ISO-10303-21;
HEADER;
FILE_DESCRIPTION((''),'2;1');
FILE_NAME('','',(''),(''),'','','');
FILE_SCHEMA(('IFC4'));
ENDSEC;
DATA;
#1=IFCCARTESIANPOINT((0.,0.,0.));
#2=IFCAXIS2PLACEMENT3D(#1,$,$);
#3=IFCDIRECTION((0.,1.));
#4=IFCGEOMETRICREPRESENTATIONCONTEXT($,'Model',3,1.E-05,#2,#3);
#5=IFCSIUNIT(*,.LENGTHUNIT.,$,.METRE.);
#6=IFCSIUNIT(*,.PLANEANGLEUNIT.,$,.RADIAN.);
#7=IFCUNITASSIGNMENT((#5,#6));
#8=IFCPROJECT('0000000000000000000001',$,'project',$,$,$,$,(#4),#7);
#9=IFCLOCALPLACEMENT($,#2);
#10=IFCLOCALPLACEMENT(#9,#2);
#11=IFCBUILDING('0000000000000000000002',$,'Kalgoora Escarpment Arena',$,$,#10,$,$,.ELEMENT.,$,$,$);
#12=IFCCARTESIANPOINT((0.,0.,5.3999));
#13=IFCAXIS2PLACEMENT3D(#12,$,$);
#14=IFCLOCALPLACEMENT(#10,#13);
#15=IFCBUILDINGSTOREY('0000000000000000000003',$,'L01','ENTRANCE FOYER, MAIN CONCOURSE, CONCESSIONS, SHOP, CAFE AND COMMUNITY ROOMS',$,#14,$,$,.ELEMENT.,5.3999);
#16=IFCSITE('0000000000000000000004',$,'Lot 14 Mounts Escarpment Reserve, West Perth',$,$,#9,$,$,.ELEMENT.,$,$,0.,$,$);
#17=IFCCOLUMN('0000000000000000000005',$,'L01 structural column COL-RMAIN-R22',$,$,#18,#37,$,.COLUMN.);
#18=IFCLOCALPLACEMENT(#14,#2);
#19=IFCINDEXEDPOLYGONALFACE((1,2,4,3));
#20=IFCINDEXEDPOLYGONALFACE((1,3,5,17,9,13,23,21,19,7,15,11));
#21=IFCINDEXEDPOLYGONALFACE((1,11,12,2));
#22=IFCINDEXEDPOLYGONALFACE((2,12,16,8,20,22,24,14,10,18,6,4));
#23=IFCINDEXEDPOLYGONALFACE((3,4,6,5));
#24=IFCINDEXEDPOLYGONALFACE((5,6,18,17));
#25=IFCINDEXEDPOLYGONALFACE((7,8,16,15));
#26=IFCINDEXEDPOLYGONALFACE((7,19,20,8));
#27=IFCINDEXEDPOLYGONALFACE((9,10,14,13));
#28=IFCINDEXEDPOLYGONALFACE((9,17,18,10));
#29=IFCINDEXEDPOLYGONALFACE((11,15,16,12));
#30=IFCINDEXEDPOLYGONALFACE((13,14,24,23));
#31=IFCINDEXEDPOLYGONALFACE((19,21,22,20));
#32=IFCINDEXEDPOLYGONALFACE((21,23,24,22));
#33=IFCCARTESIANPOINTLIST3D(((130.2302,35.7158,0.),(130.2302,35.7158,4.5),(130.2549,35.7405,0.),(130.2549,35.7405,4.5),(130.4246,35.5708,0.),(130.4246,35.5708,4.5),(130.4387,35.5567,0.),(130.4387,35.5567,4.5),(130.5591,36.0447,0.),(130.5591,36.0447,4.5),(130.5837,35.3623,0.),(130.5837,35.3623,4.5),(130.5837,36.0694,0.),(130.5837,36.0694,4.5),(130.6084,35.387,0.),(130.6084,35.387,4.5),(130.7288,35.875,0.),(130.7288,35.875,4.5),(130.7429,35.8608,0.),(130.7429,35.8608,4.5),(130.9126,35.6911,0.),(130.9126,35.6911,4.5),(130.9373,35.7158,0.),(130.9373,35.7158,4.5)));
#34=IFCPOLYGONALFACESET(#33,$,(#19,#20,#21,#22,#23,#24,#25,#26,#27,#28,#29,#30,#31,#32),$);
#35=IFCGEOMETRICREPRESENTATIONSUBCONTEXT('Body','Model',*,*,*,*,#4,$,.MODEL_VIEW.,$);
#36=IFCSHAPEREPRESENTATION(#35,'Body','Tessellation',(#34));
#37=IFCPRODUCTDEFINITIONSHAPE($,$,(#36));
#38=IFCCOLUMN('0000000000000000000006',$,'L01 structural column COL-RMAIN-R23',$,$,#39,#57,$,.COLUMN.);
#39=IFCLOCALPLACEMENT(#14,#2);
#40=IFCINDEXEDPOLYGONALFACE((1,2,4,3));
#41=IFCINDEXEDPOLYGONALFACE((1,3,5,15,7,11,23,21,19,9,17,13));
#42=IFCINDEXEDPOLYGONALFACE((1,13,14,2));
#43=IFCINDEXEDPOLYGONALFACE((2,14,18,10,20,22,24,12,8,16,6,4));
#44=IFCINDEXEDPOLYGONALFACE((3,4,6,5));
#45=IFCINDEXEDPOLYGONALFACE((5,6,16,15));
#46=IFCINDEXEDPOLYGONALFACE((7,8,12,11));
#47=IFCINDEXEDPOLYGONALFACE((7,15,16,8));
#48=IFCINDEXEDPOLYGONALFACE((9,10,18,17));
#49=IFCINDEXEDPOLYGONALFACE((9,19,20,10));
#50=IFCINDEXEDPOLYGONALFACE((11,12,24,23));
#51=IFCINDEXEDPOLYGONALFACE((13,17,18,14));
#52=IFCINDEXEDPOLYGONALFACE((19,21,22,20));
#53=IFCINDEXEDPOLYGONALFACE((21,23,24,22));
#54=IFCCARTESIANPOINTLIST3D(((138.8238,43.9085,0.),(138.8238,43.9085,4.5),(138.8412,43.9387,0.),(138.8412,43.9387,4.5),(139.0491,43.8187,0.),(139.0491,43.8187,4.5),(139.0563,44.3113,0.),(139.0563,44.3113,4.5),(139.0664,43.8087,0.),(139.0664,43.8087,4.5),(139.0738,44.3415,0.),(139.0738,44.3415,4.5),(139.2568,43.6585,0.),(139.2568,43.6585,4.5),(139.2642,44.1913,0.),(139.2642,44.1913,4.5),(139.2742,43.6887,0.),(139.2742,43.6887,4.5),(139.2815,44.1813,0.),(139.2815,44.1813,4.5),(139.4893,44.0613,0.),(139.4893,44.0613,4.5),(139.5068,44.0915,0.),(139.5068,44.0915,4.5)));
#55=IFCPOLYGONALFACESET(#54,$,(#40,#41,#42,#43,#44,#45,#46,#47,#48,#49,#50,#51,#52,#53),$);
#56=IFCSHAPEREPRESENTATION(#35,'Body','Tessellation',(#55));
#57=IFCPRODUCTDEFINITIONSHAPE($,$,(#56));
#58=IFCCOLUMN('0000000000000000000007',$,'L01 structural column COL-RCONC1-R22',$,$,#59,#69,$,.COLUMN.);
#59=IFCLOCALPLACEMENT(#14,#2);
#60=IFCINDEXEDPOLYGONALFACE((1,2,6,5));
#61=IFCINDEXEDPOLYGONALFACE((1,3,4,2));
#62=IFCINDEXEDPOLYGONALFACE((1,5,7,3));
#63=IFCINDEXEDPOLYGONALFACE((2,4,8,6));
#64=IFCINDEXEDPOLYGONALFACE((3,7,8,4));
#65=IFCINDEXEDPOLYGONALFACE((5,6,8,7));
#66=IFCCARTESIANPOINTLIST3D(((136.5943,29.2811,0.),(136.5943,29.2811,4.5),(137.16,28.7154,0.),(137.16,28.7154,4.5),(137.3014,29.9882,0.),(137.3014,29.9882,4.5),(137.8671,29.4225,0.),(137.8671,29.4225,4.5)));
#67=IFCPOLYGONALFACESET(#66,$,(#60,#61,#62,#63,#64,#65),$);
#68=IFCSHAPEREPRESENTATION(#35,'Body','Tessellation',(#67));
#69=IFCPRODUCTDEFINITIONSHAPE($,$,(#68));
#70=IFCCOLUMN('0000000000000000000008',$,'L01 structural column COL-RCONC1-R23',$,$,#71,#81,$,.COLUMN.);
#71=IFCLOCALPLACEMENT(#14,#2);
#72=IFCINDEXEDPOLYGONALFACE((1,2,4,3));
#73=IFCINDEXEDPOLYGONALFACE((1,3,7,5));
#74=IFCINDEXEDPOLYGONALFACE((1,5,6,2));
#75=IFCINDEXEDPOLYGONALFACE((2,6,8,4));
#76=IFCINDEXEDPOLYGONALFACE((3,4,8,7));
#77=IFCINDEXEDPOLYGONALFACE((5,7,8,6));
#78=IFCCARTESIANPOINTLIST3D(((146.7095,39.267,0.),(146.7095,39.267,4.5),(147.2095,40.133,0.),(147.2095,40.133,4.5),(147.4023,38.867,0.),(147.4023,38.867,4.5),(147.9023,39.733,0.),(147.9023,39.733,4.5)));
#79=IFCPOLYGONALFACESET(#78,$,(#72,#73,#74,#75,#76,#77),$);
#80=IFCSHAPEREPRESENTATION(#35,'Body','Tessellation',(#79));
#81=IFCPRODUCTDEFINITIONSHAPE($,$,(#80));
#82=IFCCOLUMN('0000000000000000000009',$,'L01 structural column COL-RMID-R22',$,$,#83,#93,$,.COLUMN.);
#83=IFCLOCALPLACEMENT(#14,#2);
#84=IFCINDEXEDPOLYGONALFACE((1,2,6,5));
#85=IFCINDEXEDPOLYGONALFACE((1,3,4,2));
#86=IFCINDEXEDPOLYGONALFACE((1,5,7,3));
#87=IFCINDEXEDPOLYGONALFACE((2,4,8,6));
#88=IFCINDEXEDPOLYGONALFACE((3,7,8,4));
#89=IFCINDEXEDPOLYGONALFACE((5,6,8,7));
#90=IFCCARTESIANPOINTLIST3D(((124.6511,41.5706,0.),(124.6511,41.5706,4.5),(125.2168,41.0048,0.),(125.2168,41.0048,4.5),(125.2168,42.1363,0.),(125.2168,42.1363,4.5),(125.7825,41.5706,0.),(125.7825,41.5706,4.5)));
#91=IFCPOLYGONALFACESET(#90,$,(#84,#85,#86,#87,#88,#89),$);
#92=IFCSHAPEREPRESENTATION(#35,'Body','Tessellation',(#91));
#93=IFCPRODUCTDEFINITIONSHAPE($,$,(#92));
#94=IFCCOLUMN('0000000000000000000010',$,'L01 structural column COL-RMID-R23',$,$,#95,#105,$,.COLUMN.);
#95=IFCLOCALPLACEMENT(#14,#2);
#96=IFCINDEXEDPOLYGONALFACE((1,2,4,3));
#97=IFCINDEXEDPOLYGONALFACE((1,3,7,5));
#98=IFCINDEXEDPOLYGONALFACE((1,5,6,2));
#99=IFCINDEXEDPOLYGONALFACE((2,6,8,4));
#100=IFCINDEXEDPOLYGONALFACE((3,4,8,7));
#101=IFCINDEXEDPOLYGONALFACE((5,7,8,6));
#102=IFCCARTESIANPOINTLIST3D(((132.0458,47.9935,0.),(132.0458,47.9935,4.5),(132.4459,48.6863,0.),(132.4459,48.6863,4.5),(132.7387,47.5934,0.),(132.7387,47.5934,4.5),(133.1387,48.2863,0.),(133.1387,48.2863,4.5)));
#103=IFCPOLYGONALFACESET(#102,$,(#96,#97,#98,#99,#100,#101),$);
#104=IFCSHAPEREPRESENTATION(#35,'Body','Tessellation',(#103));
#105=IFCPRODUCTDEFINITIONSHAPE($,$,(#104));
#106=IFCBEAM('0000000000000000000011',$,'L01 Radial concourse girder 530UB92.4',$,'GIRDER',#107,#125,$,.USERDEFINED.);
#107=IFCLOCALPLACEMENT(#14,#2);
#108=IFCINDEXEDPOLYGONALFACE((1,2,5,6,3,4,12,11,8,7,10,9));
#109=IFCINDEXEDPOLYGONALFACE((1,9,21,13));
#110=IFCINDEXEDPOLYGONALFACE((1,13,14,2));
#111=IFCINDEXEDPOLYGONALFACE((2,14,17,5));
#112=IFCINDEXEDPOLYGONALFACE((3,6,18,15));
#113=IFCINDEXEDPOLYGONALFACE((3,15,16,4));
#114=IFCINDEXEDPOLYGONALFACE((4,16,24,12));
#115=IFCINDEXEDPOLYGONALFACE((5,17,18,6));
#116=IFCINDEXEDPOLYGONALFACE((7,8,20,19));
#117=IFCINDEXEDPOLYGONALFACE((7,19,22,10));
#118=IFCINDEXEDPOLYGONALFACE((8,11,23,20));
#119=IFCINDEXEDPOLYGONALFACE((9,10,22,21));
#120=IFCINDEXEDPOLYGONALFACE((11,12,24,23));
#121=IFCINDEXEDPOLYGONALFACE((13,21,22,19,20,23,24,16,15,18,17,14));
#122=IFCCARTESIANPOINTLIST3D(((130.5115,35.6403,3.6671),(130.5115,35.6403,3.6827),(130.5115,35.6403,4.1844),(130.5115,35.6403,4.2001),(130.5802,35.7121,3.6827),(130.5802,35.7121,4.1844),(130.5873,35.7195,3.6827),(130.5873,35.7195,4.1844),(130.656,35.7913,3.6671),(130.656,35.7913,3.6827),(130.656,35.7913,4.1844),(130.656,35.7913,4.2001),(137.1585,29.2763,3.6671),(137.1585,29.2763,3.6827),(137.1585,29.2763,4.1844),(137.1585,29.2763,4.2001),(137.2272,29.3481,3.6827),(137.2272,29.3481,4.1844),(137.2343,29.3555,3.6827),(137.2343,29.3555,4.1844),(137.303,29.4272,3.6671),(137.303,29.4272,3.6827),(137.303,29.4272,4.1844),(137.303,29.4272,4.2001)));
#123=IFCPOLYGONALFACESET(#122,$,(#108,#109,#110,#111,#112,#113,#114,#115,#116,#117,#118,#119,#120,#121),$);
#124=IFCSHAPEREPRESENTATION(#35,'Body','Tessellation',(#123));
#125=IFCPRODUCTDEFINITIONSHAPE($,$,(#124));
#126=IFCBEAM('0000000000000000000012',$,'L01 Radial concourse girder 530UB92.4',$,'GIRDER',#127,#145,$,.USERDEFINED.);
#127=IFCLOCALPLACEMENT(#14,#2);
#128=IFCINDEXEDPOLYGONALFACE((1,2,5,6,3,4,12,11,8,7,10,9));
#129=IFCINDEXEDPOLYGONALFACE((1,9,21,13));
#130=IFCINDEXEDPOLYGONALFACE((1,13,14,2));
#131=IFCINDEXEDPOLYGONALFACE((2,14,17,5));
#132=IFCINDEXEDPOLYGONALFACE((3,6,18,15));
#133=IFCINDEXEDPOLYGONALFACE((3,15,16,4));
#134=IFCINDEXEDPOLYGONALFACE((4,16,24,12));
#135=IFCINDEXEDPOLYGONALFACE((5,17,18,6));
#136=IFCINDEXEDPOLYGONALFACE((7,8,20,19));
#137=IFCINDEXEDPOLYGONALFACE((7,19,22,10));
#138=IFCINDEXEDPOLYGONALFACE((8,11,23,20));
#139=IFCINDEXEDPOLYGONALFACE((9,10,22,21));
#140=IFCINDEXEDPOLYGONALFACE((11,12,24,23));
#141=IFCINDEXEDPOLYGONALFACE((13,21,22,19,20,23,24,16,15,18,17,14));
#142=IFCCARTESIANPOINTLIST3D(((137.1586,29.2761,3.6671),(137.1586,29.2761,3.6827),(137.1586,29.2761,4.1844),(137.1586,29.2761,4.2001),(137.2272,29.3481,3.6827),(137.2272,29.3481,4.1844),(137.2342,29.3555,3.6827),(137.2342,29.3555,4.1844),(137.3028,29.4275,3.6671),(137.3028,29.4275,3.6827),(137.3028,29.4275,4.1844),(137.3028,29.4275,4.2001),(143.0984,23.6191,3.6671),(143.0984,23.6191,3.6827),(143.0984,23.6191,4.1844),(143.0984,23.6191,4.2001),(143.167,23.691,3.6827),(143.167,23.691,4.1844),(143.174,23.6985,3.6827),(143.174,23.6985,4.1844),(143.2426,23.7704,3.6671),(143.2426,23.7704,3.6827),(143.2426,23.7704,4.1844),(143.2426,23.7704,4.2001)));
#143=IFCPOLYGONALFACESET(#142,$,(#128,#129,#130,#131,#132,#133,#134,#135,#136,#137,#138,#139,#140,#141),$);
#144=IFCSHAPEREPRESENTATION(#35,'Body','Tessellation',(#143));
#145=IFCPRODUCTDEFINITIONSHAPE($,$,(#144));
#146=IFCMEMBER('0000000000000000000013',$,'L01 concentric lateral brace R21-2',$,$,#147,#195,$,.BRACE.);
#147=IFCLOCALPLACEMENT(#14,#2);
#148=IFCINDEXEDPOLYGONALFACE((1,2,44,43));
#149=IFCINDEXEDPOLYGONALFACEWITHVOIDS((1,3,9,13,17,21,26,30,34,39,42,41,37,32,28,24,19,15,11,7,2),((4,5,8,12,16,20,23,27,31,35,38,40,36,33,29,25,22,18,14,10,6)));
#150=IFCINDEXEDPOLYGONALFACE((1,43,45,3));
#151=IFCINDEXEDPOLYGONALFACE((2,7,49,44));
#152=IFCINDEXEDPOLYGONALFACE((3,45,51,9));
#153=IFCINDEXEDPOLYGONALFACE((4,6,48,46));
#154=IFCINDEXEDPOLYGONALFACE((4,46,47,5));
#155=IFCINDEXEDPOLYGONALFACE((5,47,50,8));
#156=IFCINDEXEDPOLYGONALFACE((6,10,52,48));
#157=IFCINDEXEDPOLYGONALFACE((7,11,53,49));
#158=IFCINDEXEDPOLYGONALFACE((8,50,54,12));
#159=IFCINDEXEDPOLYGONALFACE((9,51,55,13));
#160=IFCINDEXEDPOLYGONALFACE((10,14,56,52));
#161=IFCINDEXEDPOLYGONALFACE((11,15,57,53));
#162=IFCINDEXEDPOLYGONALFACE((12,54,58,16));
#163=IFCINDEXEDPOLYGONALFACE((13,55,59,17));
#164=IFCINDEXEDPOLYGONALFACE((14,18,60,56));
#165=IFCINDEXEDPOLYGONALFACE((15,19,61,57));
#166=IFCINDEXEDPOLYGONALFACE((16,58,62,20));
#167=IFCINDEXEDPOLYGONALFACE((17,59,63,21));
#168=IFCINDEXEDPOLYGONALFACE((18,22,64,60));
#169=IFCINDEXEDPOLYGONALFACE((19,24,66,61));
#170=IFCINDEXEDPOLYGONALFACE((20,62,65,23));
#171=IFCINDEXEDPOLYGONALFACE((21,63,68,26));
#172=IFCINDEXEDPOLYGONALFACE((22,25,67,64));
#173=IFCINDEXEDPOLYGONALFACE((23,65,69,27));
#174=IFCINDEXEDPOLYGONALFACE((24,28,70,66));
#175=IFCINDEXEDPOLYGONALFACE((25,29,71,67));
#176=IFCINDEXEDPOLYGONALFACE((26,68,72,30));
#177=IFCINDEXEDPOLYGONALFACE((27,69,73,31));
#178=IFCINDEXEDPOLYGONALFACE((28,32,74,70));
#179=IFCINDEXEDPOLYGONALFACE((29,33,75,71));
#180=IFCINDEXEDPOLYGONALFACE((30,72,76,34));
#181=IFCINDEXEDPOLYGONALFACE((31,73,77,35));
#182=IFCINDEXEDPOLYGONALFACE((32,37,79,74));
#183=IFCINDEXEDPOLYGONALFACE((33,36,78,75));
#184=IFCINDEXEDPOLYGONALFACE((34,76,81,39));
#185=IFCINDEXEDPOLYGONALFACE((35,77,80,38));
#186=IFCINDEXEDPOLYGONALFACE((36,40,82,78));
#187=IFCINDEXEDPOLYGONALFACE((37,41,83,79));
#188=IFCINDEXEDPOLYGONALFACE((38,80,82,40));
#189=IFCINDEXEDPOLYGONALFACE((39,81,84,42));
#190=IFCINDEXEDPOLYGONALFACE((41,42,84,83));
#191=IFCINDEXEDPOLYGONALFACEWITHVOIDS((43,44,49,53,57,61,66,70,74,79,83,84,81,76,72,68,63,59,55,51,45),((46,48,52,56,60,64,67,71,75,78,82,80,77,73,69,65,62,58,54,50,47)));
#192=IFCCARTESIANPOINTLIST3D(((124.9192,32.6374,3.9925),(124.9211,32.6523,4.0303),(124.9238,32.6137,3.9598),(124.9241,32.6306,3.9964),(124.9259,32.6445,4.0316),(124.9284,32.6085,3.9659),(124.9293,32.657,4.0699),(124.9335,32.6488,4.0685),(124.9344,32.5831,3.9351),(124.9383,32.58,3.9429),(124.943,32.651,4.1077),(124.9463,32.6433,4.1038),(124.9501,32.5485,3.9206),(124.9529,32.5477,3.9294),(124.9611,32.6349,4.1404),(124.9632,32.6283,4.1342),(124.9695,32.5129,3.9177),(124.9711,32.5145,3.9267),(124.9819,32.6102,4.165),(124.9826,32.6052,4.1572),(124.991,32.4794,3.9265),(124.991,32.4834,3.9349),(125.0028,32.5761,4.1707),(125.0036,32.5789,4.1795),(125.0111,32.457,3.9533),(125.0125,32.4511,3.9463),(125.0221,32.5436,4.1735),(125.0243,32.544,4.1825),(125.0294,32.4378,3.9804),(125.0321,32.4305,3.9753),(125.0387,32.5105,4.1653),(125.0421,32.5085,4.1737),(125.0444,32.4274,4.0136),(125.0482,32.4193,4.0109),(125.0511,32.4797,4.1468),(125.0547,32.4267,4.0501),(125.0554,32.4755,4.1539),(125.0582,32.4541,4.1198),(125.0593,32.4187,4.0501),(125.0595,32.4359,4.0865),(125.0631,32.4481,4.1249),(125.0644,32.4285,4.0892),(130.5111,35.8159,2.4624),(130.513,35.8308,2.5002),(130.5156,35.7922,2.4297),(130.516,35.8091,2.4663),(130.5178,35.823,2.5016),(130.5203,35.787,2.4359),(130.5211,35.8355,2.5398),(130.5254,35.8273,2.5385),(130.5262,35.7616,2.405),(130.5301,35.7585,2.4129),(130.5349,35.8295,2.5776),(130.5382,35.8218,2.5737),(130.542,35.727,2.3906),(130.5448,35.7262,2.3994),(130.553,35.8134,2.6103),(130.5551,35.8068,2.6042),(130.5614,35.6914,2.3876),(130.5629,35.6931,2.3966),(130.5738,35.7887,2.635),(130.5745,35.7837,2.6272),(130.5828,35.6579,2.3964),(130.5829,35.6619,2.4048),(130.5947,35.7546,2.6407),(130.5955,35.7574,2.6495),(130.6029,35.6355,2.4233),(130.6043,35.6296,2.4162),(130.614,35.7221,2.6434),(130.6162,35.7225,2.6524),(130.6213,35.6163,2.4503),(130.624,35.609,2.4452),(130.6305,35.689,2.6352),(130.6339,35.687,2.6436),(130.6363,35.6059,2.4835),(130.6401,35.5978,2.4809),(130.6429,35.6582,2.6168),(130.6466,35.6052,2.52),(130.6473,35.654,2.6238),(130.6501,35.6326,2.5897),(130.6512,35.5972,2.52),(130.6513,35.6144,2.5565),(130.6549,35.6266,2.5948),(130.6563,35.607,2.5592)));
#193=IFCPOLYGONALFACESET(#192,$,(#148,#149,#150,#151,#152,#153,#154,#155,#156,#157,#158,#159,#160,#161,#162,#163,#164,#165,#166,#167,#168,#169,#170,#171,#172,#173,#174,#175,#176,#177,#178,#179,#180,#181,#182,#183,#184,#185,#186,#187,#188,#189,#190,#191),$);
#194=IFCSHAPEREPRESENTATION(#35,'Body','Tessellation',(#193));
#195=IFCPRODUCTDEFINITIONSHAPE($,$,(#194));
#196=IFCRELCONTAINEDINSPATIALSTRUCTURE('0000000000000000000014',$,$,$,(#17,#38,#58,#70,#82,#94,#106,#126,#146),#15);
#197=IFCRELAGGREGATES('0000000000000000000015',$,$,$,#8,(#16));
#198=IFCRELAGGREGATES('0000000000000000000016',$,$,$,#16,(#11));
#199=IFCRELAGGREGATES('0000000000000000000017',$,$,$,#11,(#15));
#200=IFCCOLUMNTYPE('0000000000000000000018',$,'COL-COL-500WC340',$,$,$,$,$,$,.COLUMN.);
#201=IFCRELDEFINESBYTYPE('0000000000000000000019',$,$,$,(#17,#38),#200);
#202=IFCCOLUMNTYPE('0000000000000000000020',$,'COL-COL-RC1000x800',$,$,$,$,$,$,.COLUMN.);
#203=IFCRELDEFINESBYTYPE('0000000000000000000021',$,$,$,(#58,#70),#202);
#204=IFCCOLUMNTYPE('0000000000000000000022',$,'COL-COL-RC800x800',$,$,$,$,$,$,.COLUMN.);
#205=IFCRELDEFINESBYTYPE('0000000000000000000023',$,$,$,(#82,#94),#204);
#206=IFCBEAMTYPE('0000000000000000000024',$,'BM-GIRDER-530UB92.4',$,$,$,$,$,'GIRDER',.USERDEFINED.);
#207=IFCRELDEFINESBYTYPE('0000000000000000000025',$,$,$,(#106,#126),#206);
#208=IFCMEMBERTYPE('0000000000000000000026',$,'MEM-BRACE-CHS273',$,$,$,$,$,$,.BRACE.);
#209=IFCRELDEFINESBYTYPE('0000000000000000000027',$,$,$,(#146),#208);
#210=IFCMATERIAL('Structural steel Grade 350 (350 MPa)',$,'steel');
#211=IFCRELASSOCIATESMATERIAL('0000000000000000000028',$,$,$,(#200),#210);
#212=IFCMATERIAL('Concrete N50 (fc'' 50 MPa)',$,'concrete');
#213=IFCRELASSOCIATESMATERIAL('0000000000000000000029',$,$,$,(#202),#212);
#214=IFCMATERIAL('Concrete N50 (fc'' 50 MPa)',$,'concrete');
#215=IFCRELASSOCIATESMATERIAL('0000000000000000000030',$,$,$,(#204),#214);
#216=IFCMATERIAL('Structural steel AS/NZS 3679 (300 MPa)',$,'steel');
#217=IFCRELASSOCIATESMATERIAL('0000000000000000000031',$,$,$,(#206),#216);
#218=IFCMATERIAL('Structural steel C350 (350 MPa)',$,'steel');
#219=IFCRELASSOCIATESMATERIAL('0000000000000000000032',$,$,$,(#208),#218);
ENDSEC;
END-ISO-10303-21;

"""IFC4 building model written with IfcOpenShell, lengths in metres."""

from ifc_helpers import new_model, si_unit, direction, frame, origin, origin_2d, place, context, subcontext, project, spatial, rectangle, hollow_circle, i_section, extrude, material, material_profile, profile_set, type_object, element, save


model = new_model("IFC4")

# Units and contexts
model_context = context("Model", 3, precision=1e-05, world=origin(), true_north=direction((0.0, 1.0)))
body_context = subcontext(model_context, "Body", "Model", "MODEL_VIEW")
ifc_project = project(units=[si_unit("LENGTHUNIT", "METRE"), si_unit("PLANEANGLEUNIT", "RADIAN")], contexts=[model_context])

# Site, building, storey
site_placement = place(None, origin())
site = spatial("IfcSite", under=ifc_project, at=site_placement, Name="Lot 14 Mounts Escarpment Reserve, West Perth", CompositionType="ELEMENT", RefElevation=0.0)
building_placement = place(site_placement, origin())
building = spatial("IfcBuilding", under=site, at=building_placement, Name="Kalgoora Escarpment Arena", CompositionType="ELEMENT")
storey_placement = place(building_placement, frame((0.0, 0.0, 5.3999)))
storey = spatial("IfcBuildingStorey", under=building, at=storey_placement, Name="L01", Description="ENTRANCE FOYER, MAIN CONCOURSE, CONCESSIONS, SHOP, CAFE AND COMMUNITY ROOMS", CompositionType="ELEMENT", Elevation=5.3999)

# Columns
ifc_material_1 = material(Name="Structural steel Grade 350 (350 MPa)", Category="steel")
ifc_material_profile_1 = material_profile(ifc_material_1, i_section(OverallWidth=0.5, OverallDepth=0.5, WebThickness=0.02, FlangeThickness=0.0349, at=origin_2d()))
ifc_profile_set_1 = profile_set([ifc_material_profile_1], Name="Structural steel Grade 350 (350 MPa)")
column_type_1 = type_object("IfcColumnType", Name="COL-COL-500WC340", PredefinedType="COLUMN", material=ifc_profile_set_1)
for number, where, z_axis, x_axis, name in (
    (1, (130.5837, 35.7158, 0.0), (0.0, 0.0, 1.0), (0.707107, -0.707107, 0.0), "L01 structural column COL-RMAIN-R22"),
    (2, (139.1653, 44.0, 0.0), (0.0, 0.0, 1.0), (0.866025, -0.5, 0.0), "L01 structural column COL-RMAIN-R23"),
):
    element("IfcColumn", number, at=place(storey_placement, frame(where, z_axis=z_axis, x_axis=x_axis)), inside=storey, type_object=column_type_1, Name=name, PredefinedType="COLUMN", context=body_context, shape_type="SweptSolid", body=[
        extrude(i_section(OverallWidth=0.5, OverallDepth=0.5, WebThickness=0.02, FlangeThickness=0.0349, at=origin_2d()), origin(), (0.0, 0.0, 1.0), 4.5),
    ])
ifc_material_2 = material(Name="Concrete N50 (fc' 50 MPa)", Category="concrete")
ifc_material_profile_2 = material_profile(ifc_material_2, rectangle(XDim=0.8, YDim=1.0, at=origin_2d()))
ifc_profile_set_2 = profile_set([ifc_material_profile_2], Name="Concrete N50 (fc' 50 MPa)")
column_type_2 = type_object("IfcColumnType", Name="COL-COL-RC1000x800", PredefinedType="COLUMN", material=ifc_profile_set_2)
for number, where, z_axis, x_axis, name in (
    (3, (137.2307, 29.3518, 0.0), (0.0, 0.0, 1.0), (0.707107, -0.707107, 0.0), "L01 structural column COL-RCONC1-R22"),
    (4, (147.3059, 39.5, 0.0), (0.0, 0.0, 1.0), (0.866025, -0.5, 0.0), "L01 structural column COL-RCONC1-R23"),
):
    element("IfcColumn", number, at=place(storey_placement, frame(where, z_axis=z_axis, x_axis=x_axis)), inside=storey, type_object=column_type_2, Name=name, PredefinedType="COLUMN", context=body_context, shape_type="SweptSolid", body=[
        extrude(rectangle(XDim=0.8, YDim=1.0, at=origin_2d()), origin(), (0.0, 0.0, 1.0), 4.5),
    ])
ifc_material_3 = material(Name="Concrete N50 (fc' 50 MPa)", Category="concrete")
ifc_material_profile_3 = material_profile(ifc_material_3, rectangle(XDim=0.8, YDim=0.8, at=origin_2d()))
ifc_profile_set_3 = profile_set([ifc_material_profile_3], Name="Concrete N50 (fc' 50 MPa)")
column_type_3 = type_object("IfcColumnType", Name="COL-COL-RC800x800", PredefinedType="COLUMN", material=ifc_profile_set_3)
for number, where, z_axis, x_axis, name in (
    (5, (125.2168, 41.5706, 0.0), (0.0, 0.0, 1.0), (0.707107, -0.707107, 0.0), "L01 structural column COL-RMID-R22"),
    (6, (132.5923, 48.1399, 0.0), (0.0, 0.0, 1.0), (0.866025, -0.5, 0.0), "L01 structural column COL-RMID-R23"),
):
    element("IfcColumn", number, at=place(storey_placement, frame(where, z_axis=z_axis, x_axis=x_axis)), inside=storey, type_object=column_type_3, Name=name, PredefinedType="COLUMN", context=body_context, shape_type="SweptSolid", body=[
        extrude(rectangle(XDim=0.8, YDim=0.8, at=origin_2d()), origin(), (0.0, 0.0, 1.0), 4.5),
    ])

# Beams
ifc_material_4 = material(Name="Structural steel AS/NZS 3679 (300 MPa)", Category="steel")
ifc_material_profile_4 = material_profile(ifc_material_4, i_section(OverallWidth=0.209, OverallDepth=0.533, WebThickness=0.0103, FlangeThickness=0.0156, at=origin_2d()))
ifc_profile_set_4 = profile_set([ifc_material_profile_4], Name="Structural steel AS/NZS 3679 (300 MPa)")
beam_type = type_object("IfcBeamType", Name="BM-GIRDER-530UB92.4", ElementType="GIRDER", PredefinedType="USERDEFINED", material=ifc_profile_set_4)
beam_1_placement = place(storey_placement, frame((130.5837, 35.7158, 3.9336), z_axis=(0.722314, -0.691565, 0.0), x_axis=(0.691565, 0.722314, 0.0)))
element("IfcBeam", 7, at=beam_1_placement, inside=storey, type_object=beam_type, Name="L01 Radial concourse girder 530UB92.4", ObjectType="GIRDER", PredefinedType="USERDEFINED", context=body_context, shape_type="SweptSolid", body=[
    extrude(i_section(OverallWidth=0.209, OverallDepth=0.533, WebThickness=0.0103, FlangeThickness=0.0156, at=origin_2d()), origin(), (0.0, 0.0, 1.0), 9.2024),
])
beam_2_placement = place(storey_placement, frame((137.2307, 29.3518, 3.9336), z_axis=(0.72413, -0.689663, 0.0), x_axis=(0.689663, 0.72413, 0.0)))
element("IfcBeam", 8, at=beam_2_placement, inside=storey, type_object=beam_type, Name="L01 Radial concourse girder 530UB92.4", ObjectType="GIRDER", PredefinedType="USERDEFINED", context=body_context, shape_type="SweptSolid", body=[
    extrude(i_section(OverallWidth=0.209, OverallDepth=0.533, WebThickness=0.0103, FlangeThickness=0.0156, at=origin_2d()), origin(), (0.0, 0.0, 1.0), 8.2026),
])

# Member
ifc_material_5 = material(Name="Structural steel C350 (350 MPa)", Category="steel")
ifc_material_profile_5 = material_profile(ifc_material_5, hollow_circle(Radius=0.1365, WallThickness=0.0093, at=origin_2d()))
ifc_profile_set_5 = profile_set([ifc_material_profile_5], Name="Structural steel C350 (350 MPa)")
member_type_1 = type_object("IfcMemberType", Name="MEM-BRACE-CHS273", PredefinedType="BRACE", material=ifc_profile_set_5)
member_1_placement = place(storey_placement, frame((130.5837, 35.7158, 2.52), z_axis=(-0.845769, -0.480749, 0.23142), x_axis=(0.494163, -0.869369, 0.0)))
element("IfcMember", 9, at=member_1_placement, inside=storey, type_object=member_type_1, Name="L01 concentric lateral brace R21-2", PredefinedType="BRACE", context=body_context, shape_type="SweptSolid", body=[
    extrude(hollow_circle(Radius=0.1365, WallThickness=0.0093, at=origin_2d()), origin(), (0.0, 0.0, 1.0), 6.6116),
])

save(model, "model.ifc")
